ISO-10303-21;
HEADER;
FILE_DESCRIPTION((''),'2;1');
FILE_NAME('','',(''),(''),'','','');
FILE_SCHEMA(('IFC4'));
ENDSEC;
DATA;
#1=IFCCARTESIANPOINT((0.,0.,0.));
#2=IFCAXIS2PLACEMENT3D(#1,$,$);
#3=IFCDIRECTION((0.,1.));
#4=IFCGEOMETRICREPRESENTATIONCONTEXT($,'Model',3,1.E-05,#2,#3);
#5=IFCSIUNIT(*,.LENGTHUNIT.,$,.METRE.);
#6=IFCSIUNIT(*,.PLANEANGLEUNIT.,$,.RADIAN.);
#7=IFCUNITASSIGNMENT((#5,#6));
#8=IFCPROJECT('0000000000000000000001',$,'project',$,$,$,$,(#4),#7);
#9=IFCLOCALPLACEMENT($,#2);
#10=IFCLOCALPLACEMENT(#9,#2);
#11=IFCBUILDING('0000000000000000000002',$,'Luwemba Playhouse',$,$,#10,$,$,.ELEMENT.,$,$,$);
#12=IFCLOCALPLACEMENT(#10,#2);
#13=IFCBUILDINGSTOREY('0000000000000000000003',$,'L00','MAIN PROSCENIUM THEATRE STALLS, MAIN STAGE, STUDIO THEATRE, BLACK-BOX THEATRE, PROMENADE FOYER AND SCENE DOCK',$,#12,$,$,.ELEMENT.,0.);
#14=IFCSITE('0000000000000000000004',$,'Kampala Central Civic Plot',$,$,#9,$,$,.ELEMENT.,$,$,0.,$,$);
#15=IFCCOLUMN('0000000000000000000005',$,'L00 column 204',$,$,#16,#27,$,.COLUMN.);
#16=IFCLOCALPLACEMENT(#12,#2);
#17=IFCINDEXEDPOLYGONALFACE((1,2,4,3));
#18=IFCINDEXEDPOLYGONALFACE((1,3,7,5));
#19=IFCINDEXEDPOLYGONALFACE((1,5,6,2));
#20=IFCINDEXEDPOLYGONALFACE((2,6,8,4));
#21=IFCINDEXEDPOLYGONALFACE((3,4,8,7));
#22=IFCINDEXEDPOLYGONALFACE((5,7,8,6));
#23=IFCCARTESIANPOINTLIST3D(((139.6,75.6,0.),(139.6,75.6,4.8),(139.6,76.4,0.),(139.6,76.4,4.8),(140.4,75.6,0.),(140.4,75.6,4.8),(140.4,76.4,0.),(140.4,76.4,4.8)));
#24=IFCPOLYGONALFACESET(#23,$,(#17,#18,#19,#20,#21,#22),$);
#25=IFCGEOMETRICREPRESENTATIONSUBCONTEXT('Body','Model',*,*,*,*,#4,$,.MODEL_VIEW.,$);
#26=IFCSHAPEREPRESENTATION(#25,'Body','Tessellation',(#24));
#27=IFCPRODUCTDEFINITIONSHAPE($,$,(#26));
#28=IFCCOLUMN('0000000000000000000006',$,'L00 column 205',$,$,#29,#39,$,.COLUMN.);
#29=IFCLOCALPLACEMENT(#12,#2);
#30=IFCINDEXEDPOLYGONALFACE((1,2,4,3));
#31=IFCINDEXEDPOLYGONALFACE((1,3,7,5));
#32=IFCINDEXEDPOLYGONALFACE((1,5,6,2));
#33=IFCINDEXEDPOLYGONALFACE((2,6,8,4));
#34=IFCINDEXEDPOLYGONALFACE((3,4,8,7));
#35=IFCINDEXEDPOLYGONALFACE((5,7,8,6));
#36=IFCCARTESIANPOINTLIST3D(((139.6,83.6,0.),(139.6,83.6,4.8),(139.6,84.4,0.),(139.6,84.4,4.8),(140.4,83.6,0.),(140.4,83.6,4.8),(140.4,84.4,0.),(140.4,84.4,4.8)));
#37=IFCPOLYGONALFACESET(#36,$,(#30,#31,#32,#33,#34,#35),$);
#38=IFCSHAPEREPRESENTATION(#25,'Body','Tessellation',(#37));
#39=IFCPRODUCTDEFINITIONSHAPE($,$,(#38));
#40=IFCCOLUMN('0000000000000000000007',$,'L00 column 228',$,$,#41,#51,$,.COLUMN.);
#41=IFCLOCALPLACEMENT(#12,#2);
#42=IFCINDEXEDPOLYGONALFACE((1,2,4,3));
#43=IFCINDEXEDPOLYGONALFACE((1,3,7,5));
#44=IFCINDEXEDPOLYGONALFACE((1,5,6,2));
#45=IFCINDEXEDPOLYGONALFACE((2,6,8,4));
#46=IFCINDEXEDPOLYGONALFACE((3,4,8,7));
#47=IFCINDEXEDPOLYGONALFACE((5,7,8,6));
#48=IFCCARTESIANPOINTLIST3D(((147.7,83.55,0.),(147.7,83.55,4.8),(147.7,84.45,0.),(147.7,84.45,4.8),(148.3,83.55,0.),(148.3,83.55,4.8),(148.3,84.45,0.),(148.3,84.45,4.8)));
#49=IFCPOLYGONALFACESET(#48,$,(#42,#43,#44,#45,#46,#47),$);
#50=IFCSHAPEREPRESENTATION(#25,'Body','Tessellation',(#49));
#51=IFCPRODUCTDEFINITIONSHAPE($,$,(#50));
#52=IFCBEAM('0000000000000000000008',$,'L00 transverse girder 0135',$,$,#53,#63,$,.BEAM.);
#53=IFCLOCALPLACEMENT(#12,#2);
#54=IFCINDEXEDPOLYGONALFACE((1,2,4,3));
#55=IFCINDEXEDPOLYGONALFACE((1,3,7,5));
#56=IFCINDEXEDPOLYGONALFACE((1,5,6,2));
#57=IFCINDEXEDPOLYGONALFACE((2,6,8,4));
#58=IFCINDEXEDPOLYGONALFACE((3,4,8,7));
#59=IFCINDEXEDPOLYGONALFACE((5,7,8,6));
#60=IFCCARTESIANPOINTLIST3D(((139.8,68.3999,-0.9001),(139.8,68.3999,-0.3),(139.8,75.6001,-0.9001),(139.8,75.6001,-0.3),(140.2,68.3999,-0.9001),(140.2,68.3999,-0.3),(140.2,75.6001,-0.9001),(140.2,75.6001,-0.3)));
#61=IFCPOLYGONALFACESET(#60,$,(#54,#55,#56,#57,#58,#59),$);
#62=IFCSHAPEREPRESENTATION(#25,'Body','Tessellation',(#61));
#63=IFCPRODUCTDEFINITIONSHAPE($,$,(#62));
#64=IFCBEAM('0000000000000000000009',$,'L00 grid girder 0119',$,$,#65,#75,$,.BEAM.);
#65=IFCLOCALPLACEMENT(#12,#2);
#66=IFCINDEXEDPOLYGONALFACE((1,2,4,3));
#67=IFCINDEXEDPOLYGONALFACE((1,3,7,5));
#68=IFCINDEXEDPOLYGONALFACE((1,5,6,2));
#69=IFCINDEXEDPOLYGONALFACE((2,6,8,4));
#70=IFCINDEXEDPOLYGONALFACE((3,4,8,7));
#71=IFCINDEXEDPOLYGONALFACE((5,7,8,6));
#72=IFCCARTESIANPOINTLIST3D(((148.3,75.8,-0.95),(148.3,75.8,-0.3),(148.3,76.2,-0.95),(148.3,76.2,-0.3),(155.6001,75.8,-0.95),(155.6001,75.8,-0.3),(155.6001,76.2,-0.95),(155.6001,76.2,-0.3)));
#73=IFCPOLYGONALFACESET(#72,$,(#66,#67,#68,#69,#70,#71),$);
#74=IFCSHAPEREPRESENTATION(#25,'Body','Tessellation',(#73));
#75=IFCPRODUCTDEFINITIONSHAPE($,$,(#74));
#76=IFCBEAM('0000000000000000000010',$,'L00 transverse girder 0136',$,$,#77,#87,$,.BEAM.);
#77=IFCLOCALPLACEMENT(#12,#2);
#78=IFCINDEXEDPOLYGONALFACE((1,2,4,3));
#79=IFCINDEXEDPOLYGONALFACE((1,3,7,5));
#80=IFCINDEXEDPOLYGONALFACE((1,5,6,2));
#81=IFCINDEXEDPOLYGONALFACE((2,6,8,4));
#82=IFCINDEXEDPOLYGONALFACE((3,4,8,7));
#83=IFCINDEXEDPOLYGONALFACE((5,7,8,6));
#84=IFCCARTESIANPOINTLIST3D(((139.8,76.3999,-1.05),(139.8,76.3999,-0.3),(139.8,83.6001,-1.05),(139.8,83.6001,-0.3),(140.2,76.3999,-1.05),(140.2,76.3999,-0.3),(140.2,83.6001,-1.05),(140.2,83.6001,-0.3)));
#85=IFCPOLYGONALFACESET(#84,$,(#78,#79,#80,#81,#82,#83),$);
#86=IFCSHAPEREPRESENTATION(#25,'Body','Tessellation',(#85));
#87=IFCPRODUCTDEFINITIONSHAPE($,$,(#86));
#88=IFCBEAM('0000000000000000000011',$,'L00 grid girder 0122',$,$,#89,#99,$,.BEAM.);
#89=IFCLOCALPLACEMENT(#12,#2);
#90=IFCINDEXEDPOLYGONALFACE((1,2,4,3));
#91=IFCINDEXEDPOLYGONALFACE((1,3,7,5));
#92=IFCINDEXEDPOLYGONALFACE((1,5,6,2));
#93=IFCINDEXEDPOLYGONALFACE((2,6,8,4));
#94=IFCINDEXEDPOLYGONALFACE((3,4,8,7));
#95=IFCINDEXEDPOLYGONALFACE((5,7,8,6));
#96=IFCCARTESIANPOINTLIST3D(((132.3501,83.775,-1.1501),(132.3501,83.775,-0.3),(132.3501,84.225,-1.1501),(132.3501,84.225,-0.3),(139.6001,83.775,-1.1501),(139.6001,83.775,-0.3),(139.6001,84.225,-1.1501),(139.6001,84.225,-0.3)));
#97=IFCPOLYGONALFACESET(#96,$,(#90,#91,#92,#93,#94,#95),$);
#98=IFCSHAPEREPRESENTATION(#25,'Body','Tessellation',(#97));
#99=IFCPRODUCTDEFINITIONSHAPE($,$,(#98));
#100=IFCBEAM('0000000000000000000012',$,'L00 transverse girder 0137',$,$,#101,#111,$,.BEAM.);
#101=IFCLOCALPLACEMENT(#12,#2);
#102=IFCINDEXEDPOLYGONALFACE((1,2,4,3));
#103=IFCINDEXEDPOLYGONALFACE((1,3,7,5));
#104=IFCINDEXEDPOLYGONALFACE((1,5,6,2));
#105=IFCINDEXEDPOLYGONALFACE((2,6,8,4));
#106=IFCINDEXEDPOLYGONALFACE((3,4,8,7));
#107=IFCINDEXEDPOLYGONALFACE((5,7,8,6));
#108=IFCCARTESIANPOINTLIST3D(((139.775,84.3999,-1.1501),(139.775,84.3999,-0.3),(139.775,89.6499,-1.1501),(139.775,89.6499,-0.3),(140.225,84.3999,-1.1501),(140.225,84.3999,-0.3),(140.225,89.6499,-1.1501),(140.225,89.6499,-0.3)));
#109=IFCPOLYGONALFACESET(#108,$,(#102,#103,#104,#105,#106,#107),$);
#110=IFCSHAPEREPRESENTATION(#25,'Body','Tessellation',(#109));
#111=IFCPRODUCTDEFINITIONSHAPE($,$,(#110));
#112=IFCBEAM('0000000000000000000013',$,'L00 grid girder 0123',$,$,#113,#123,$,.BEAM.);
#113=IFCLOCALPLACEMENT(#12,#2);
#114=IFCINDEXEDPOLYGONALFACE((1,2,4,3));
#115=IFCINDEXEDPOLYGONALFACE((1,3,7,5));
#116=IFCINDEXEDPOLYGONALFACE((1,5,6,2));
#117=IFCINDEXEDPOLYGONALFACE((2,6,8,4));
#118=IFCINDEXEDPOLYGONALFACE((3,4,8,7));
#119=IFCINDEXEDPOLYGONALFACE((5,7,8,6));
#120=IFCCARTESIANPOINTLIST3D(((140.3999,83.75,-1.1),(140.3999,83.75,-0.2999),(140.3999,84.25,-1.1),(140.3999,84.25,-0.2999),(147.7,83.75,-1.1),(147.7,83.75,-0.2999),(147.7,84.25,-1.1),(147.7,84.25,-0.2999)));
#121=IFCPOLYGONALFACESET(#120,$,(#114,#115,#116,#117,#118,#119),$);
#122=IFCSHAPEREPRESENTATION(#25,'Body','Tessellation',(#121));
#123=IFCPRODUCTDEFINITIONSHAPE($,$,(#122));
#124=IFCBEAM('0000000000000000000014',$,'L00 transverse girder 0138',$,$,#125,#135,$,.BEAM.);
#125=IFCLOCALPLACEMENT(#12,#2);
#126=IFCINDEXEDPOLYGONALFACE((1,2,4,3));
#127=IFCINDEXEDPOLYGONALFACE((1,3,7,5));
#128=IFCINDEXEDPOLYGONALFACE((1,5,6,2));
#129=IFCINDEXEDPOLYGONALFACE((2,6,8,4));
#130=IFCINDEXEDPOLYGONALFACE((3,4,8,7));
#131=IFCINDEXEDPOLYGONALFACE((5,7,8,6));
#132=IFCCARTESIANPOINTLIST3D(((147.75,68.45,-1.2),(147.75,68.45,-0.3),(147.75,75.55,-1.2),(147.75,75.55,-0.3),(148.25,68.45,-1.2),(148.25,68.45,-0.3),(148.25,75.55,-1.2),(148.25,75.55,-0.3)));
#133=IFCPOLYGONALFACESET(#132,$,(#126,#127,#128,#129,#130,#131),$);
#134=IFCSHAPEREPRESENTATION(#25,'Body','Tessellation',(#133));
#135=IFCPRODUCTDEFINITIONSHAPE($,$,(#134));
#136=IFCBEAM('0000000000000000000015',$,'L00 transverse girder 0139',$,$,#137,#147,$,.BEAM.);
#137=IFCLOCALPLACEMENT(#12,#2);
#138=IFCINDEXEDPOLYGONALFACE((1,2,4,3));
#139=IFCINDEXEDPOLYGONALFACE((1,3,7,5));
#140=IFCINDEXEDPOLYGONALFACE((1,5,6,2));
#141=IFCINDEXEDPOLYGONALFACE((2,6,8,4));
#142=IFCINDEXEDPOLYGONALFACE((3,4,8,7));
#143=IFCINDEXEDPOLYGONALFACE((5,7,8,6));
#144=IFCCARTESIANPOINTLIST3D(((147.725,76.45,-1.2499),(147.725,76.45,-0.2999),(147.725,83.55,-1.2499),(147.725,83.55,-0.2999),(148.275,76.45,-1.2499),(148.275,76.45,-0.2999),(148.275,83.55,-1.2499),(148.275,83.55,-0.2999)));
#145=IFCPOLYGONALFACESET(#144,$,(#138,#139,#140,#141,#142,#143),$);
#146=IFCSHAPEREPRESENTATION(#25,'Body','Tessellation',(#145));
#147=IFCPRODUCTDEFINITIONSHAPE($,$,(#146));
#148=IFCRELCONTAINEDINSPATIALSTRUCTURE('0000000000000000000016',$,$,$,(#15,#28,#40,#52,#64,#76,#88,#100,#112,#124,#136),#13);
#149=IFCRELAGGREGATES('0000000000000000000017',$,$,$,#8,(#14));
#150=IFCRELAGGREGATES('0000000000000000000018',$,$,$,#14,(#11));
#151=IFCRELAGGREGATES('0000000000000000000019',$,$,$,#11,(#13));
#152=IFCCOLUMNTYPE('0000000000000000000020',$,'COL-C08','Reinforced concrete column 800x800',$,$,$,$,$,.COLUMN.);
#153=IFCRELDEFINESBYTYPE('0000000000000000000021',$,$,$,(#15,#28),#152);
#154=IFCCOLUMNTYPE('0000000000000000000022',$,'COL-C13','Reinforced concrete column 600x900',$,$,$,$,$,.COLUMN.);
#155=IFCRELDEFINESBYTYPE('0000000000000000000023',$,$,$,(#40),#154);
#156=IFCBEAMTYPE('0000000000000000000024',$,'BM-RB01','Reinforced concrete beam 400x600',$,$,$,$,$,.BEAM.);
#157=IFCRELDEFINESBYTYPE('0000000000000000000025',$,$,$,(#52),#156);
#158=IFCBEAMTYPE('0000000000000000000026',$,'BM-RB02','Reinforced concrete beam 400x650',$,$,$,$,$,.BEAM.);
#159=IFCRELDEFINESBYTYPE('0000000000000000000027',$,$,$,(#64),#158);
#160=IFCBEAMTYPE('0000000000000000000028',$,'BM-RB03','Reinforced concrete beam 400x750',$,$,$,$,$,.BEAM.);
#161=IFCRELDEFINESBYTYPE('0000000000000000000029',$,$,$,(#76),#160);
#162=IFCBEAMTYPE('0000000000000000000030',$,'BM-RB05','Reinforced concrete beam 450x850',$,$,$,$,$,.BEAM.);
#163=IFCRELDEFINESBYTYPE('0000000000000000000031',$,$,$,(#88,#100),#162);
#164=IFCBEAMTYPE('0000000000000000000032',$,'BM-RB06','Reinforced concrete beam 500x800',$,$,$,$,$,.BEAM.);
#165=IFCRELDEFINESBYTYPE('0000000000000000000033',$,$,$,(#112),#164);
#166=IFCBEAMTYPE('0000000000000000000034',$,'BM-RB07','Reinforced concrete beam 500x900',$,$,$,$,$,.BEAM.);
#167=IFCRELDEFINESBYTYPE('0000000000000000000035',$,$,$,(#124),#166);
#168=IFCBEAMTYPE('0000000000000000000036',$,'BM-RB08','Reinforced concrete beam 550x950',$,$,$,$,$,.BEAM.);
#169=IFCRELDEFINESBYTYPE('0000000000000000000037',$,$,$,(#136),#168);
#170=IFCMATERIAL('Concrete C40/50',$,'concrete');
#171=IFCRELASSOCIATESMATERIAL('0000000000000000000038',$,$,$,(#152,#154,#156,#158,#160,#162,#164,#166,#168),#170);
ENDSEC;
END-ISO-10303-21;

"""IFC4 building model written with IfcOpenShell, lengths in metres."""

from ifc_helpers import new_model, si_unit, direction, frame, origin, origin_2d, place, context, subcontext, project, spatial, rectangle, extrude, material, material_profile, profile_set, type_object, element, save


model = new_model("IFC4")

# Units and contexts
model_context = context("Model", 3, precision=1e-05, world=origin(), true_north=direction((0.0, 1.0)))
body_context = subcontext(model_context, "Body", "Model", "MODEL_VIEW")
ifc_project = project(units=[si_unit("LENGTHUNIT", "METRE"), si_unit("PLANEANGLEUNIT", "RADIAN")], contexts=[model_context])

# Site, building, storey
site_placement = place(None, origin())
site = spatial("IfcSite", under=ifc_project, at=site_placement, Name="Kampala Central Civic Plot", CompositionType="ELEMENT", RefElevation=0.0)
building_placement = place(site_placement, origin())
building = spatial("IfcBuilding", under=site, at=building_placement, Name="Luwemba Playhouse", CompositionType="ELEMENT")
storey_placement = place(building_placement, origin())
storey = spatial("IfcBuildingStorey", under=building, at=storey_placement, Name="L00", Description="MAIN PROSCENIUM THEATRE STALLS, MAIN STAGE, STUDIO THEATRE, BLACK-BOX THEATRE, PROMENADE FOYER AND SCENE DOCK", CompositionType="ELEMENT", Elevation=0.0)

# Columns
ifc_material_1 = material(Name="Concrete C40/50", Category="concrete")
ifc_material_profile_1 = material_profile(ifc_material_1, rectangle(XDim=0.8, YDim=0.8, at=origin_2d()))
ifc_profile_set_1 = profile_set([ifc_material_profile_1], Name="Concrete C40/50")
column_type_1 = type_object("IfcColumnType", Name="COL-C08", Description="Reinforced concrete column 800x800", PredefinedType="COLUMN", material=ifc_profile_set_1)
for number, where, z_axis, x_axis, name in (
    (1, (140.0, 76.0, 0.0), (0.0, 0.0, 1.0), (1.0, 0.0, 0.0), "L00 column 204"),
    (2, (140.0, 84.0, 0.0), (0.0, 0.0, 1.0), (1.0, 0.0, 0.0), "L00 column 205"),
):
    element("IfcColumn", number, at=place(storey_placement, frame(where, z_axis=z_axis, x_axis=x_axis)), inside=storey, type_object=column_type_1, Name=name, PredefinedType="COLUMN", context=body_context, shape_type="SweptSolid", body=[
        extrude(rectangle(XDim=0.8, YDim=0.8, at=origin_2d()), origin(), (0.0, 0.0, 1.0), 4.8),
    ])
ifc_material_profile_2 = material_profile(ifc_material_1, rectangle(XDim=0.6001, YDim=0.8999, at=origin_2d()))
ifc_profile_set_2 = profile_set([ifc_material_profile_2], Name="Concrete C40/50")
column_type_2 = type_object("IfcColumnType", Name="COL-C13", Description="Reinforced concrete column 600x900", PredefinedType="COLUMN", material=ifc_profile_set_2)
column_placement = place(storey_placement, frame((148.0, 84.0, 0.0), z_axis=(0.0, 0.0, 1.0), x_axis=(1.0, 0.0, 0.0)))
element("IfcColumn", 3, at=column_placement, inside=storey, type_object=column_type_2, Name="L00 column 228", PredefinedType="COLUMN", context=body_context, shape_type="SweptSolid", body=[
    extrude(rectangle(XDim=0.6001, YDim=0.8999, at=origin_2d()), origin(), (0.0, 0.0, 1.0), 4.8),
])

# Beams
ifc_material_profile_3 = material_profile(ifc_material_1, rectangle(XDim=0.3999, YDim=0.6001, at=origin_2d()))
ifc_profile_set_3 = profile_set([ifc_material_profile_3], Name="Concrete C40/50")
beam_type_1 = type_object("IfcBeamType", Name="BM-RB01", Description="Reinforced concrete beam 400x600", PredefinedType="BEAM", material=ifc_profile_set_3)
beam_1_placement = place(storey_placement, frame((140.0, 68.3999, -0.6001), z_axis=(0.0, 1.0, 0.0), x_axis=(-1.0, 0.0, 0.0)))
element("IfcBeam", 4, at=beam_1_placement, inside=storey, type_object=beam_type_1, Name="L00 transverse girder 0135", PredefinedType="BEAM", context=body_context, shape_type="SweptSolid", body=[
    extrude(rectangle(XDim=0.3999, YDim=0.6001, at=origin_2d()), origin(), (0.0, 0.0, 1.0), 7.2002),
])
ifc_material_profile_4 = material_profile(ifc_material_1, rectangle(XDim=0.3999, YDim=0.6499, at=origin_2d()))
ifc_profile_set_4 = profile_set([ifc_material_profile_4], Name="Concrete C40/50")
beam_type_2 = type_object("IfcBeamType", Name="BM-RB02", Description="Reinforced concrete beam 400x650", PredefinedType="BEAM", material=ifc_profile_set_4)
beam_2_placement = place(storey_placement, frame((148.3, 76.0, -0.625), z_axis=(1.0, 0.0, 0.0), x_axis=(0.0, 1.0, 0.0)))
element("IfcBeam", 5, at=beam_2_placement, inside=storey, type_object=beam_type_2, Name="L00 grid girder 0119", PredefinedType="BEAM", context=body_context, shape_type="SweptSolid", body=[
    extrude(rectangle(XDim=0.3999, YDim=0.6499, at=origin_2d()), origin(), (0.0, 0.0, 1.0), 7.3),
])
ifc_material_profile_5 = material_profile(ifc_material_1, rectangle(XDim=0.3999, YDim=0.75, at=origin_2d()))
ifc_profile_set_5 = profile_set([ifc_material_profile_5], Name="Concrete C40/50")
beam_type_3 = type_object("IfcBeamType", Name="BM-RB03", Description="Reinforced concrete beam 400x750", PredefinedType="BEAM", material=ifc_profile_set_5)
beam_3_placement = place(storey_placement, frame((140.0, 76.3999, -0.675), z_axis=(0.0, 1.0, 0.0), x_axis=(-1.0, 0.0, 0.0)))
element("IfcBeam", 6, at=beam_3_placement, inside=storey, type_object=beam_type_3, Name="L00 transverse girder 0136", PredefinedType="BEAM", context=body_context, shape_type="SweptSolid", body=[
    extrude(rectangle(XDim=0.3999, YDim=0.75, at=origin_2d()), origin(), (0.0, 0.0, 1.0), 7.2002),
])
ifc_material_profile_6 = material_profile(ifc_material_1, rectangle(XDim=0.45, YDim=0.8501, at=origin_2d()))
ifc_profile_set_6 = profile_set([ifc_material_profile_6], Name="Concrete C40/50")
beam_type_4 = type_object("IfcBeamType", Name="BM-RB05", Description="Reinforced concrete beam 450x850", PredefinedType="BEAM", material=ifc_profile_set_6)
beam_4_placement = place(storey_placement, frame((132.3501, 84.0, -0.7251), z_axis=(1.0, 0.0, 0.0), x_axis=(0.0, 1.0, 0.0)))
element("IfcBeam", 7, at=beam_4_placement, inside=storey, type_object=beam_type_4, Name="L00 grid girder 0122", PredefinedType="BEAM", context=body_context, shape_type="SweptSolid", body=[
    extrude(rectangle(XDim=0.45, YDim=0.8501, at=origin_2d()), origin(), (0.0, 0.0, 1.0), 7.25),
])
beam_5_placement = place(storey_placement, frame((140.0, 84.3999, -0.7251), z_axis=(0.0, 1.0, 0.0), x_axis=(-1.0, 0.0, 0.0)))
element("IfcBeam", 8, at=beam_5_placement, inside=storey, type_object=beam_type_4, Name="L00 transverse girder 0137", PredefinedType="BEAM", context=body_context, shape_type="SweptSolid", body=[
    extrude(rectangle(XDim=0.45, YDim=0.8501, at=origin_2d()), origin(), (0.0, 0.0, 1.0), 5.25),
])
ifc_material_profile_7 = material_profile(ifc_material_1, rectangle(XDim=0.5, YDim=0.8, at=origin_2d()))
ifc_profile_set_7 = profile_set([ifc_material_profile_7], Name="Concrete C40/50")
beam_type_5 = type_object("IfcBeamType", Name="BM-RB06", Description="Reinforced concrete beam 500x800", PredefinedType="BEAM", material=ifc_profile_set_7)
beam_6_placement = place(storey_placement, frame((140.3999, 84.0, -0.7), z_axis=(1.0, 0.0, 0.0), x_axis=(0.0, 1.0, 0.0)))
element("IfcBeam", 9, at=beam_6_placement, inside=storey, type_object=beam_type_5, Name="L00 grid girder 0123", PredefinedType="BEAM", context=body_context, shape_type="SweptSolid", body=[
    extrude(rectangle(XDim=0.5, YDim=0.8, at=origin_2d()), origin(), (0.0, 0.0, 1.0), 7.3),
])
ifc_material_profile_8 = material_profile(ifc_material_1, rectangle(XDim=0.5, YDim=0.8999, at=origin_2d()))
ifc_profile_set_8 = profile_set([ifc_material_profile_8], Name="Concrete C40/50")
beam_type_6 = type_object("IfcBeamType", Name="BM-RB07", Description="Reinforced concrete beam 500x900", PredefinedType="BEAM", material=ifc_profile_set_8)
beam_7_placement = place(storey_placement, frame((148.0, 68.45, -0.75), z_axis=(0.0, 1.0, 0.0), x_axis=(-1.0, 0.0, 0.0)))
element("IfcBeam", 10, at=beam_7_placement, inside=storey, type_object=beam_type_6, Name="L00 transverse girder 0138", PredefinedType="BEAM", context=body_context, shape_type="SweptSolid", body=[
    extrude(rectangle(XDim=0.5, YDim=0.8999, at=origin_2d()), origin(), (0.0, 0.0, 1.0), 7.1001),
])
ifc_material_profile_9 = material_profile(ifc_material_1, rectangle(XDim=0.55, YDim=0.95, at=origin_2d()))
ifc_profile_set_9 = profile_set([ifc_material_profile_9], Name="Concrete C40/50")
beam_type_7 = type_object("IfcBeamType", Name="BM-RB08", Description="Reinforced concrete beam 550x950", PredefinedType="BEAM", material=ifc_profile_set_9)
beam_8_placement = place(storey_placement, frame((148.0, 76.45, -0.7749), z_axis=(0.0, 1.0, 0.0), x_axis=(-1.0, 0.0, 0.0)))
element("IfcBeam", 11, at=beam_8_placement, inside=storey, type_object=beam_type_7, Name="L00 transverse girder 0139", PredefinedType="BEAM", context=body_context, shape_type="SweptSolid", body=[
    extrude(rectangle(XDim=0.55, YDim=0.95, at=origin_2d()), origin(), (0.0, 0.0, 1.0), 7.1001),
])

save(model, "model.ifc")
